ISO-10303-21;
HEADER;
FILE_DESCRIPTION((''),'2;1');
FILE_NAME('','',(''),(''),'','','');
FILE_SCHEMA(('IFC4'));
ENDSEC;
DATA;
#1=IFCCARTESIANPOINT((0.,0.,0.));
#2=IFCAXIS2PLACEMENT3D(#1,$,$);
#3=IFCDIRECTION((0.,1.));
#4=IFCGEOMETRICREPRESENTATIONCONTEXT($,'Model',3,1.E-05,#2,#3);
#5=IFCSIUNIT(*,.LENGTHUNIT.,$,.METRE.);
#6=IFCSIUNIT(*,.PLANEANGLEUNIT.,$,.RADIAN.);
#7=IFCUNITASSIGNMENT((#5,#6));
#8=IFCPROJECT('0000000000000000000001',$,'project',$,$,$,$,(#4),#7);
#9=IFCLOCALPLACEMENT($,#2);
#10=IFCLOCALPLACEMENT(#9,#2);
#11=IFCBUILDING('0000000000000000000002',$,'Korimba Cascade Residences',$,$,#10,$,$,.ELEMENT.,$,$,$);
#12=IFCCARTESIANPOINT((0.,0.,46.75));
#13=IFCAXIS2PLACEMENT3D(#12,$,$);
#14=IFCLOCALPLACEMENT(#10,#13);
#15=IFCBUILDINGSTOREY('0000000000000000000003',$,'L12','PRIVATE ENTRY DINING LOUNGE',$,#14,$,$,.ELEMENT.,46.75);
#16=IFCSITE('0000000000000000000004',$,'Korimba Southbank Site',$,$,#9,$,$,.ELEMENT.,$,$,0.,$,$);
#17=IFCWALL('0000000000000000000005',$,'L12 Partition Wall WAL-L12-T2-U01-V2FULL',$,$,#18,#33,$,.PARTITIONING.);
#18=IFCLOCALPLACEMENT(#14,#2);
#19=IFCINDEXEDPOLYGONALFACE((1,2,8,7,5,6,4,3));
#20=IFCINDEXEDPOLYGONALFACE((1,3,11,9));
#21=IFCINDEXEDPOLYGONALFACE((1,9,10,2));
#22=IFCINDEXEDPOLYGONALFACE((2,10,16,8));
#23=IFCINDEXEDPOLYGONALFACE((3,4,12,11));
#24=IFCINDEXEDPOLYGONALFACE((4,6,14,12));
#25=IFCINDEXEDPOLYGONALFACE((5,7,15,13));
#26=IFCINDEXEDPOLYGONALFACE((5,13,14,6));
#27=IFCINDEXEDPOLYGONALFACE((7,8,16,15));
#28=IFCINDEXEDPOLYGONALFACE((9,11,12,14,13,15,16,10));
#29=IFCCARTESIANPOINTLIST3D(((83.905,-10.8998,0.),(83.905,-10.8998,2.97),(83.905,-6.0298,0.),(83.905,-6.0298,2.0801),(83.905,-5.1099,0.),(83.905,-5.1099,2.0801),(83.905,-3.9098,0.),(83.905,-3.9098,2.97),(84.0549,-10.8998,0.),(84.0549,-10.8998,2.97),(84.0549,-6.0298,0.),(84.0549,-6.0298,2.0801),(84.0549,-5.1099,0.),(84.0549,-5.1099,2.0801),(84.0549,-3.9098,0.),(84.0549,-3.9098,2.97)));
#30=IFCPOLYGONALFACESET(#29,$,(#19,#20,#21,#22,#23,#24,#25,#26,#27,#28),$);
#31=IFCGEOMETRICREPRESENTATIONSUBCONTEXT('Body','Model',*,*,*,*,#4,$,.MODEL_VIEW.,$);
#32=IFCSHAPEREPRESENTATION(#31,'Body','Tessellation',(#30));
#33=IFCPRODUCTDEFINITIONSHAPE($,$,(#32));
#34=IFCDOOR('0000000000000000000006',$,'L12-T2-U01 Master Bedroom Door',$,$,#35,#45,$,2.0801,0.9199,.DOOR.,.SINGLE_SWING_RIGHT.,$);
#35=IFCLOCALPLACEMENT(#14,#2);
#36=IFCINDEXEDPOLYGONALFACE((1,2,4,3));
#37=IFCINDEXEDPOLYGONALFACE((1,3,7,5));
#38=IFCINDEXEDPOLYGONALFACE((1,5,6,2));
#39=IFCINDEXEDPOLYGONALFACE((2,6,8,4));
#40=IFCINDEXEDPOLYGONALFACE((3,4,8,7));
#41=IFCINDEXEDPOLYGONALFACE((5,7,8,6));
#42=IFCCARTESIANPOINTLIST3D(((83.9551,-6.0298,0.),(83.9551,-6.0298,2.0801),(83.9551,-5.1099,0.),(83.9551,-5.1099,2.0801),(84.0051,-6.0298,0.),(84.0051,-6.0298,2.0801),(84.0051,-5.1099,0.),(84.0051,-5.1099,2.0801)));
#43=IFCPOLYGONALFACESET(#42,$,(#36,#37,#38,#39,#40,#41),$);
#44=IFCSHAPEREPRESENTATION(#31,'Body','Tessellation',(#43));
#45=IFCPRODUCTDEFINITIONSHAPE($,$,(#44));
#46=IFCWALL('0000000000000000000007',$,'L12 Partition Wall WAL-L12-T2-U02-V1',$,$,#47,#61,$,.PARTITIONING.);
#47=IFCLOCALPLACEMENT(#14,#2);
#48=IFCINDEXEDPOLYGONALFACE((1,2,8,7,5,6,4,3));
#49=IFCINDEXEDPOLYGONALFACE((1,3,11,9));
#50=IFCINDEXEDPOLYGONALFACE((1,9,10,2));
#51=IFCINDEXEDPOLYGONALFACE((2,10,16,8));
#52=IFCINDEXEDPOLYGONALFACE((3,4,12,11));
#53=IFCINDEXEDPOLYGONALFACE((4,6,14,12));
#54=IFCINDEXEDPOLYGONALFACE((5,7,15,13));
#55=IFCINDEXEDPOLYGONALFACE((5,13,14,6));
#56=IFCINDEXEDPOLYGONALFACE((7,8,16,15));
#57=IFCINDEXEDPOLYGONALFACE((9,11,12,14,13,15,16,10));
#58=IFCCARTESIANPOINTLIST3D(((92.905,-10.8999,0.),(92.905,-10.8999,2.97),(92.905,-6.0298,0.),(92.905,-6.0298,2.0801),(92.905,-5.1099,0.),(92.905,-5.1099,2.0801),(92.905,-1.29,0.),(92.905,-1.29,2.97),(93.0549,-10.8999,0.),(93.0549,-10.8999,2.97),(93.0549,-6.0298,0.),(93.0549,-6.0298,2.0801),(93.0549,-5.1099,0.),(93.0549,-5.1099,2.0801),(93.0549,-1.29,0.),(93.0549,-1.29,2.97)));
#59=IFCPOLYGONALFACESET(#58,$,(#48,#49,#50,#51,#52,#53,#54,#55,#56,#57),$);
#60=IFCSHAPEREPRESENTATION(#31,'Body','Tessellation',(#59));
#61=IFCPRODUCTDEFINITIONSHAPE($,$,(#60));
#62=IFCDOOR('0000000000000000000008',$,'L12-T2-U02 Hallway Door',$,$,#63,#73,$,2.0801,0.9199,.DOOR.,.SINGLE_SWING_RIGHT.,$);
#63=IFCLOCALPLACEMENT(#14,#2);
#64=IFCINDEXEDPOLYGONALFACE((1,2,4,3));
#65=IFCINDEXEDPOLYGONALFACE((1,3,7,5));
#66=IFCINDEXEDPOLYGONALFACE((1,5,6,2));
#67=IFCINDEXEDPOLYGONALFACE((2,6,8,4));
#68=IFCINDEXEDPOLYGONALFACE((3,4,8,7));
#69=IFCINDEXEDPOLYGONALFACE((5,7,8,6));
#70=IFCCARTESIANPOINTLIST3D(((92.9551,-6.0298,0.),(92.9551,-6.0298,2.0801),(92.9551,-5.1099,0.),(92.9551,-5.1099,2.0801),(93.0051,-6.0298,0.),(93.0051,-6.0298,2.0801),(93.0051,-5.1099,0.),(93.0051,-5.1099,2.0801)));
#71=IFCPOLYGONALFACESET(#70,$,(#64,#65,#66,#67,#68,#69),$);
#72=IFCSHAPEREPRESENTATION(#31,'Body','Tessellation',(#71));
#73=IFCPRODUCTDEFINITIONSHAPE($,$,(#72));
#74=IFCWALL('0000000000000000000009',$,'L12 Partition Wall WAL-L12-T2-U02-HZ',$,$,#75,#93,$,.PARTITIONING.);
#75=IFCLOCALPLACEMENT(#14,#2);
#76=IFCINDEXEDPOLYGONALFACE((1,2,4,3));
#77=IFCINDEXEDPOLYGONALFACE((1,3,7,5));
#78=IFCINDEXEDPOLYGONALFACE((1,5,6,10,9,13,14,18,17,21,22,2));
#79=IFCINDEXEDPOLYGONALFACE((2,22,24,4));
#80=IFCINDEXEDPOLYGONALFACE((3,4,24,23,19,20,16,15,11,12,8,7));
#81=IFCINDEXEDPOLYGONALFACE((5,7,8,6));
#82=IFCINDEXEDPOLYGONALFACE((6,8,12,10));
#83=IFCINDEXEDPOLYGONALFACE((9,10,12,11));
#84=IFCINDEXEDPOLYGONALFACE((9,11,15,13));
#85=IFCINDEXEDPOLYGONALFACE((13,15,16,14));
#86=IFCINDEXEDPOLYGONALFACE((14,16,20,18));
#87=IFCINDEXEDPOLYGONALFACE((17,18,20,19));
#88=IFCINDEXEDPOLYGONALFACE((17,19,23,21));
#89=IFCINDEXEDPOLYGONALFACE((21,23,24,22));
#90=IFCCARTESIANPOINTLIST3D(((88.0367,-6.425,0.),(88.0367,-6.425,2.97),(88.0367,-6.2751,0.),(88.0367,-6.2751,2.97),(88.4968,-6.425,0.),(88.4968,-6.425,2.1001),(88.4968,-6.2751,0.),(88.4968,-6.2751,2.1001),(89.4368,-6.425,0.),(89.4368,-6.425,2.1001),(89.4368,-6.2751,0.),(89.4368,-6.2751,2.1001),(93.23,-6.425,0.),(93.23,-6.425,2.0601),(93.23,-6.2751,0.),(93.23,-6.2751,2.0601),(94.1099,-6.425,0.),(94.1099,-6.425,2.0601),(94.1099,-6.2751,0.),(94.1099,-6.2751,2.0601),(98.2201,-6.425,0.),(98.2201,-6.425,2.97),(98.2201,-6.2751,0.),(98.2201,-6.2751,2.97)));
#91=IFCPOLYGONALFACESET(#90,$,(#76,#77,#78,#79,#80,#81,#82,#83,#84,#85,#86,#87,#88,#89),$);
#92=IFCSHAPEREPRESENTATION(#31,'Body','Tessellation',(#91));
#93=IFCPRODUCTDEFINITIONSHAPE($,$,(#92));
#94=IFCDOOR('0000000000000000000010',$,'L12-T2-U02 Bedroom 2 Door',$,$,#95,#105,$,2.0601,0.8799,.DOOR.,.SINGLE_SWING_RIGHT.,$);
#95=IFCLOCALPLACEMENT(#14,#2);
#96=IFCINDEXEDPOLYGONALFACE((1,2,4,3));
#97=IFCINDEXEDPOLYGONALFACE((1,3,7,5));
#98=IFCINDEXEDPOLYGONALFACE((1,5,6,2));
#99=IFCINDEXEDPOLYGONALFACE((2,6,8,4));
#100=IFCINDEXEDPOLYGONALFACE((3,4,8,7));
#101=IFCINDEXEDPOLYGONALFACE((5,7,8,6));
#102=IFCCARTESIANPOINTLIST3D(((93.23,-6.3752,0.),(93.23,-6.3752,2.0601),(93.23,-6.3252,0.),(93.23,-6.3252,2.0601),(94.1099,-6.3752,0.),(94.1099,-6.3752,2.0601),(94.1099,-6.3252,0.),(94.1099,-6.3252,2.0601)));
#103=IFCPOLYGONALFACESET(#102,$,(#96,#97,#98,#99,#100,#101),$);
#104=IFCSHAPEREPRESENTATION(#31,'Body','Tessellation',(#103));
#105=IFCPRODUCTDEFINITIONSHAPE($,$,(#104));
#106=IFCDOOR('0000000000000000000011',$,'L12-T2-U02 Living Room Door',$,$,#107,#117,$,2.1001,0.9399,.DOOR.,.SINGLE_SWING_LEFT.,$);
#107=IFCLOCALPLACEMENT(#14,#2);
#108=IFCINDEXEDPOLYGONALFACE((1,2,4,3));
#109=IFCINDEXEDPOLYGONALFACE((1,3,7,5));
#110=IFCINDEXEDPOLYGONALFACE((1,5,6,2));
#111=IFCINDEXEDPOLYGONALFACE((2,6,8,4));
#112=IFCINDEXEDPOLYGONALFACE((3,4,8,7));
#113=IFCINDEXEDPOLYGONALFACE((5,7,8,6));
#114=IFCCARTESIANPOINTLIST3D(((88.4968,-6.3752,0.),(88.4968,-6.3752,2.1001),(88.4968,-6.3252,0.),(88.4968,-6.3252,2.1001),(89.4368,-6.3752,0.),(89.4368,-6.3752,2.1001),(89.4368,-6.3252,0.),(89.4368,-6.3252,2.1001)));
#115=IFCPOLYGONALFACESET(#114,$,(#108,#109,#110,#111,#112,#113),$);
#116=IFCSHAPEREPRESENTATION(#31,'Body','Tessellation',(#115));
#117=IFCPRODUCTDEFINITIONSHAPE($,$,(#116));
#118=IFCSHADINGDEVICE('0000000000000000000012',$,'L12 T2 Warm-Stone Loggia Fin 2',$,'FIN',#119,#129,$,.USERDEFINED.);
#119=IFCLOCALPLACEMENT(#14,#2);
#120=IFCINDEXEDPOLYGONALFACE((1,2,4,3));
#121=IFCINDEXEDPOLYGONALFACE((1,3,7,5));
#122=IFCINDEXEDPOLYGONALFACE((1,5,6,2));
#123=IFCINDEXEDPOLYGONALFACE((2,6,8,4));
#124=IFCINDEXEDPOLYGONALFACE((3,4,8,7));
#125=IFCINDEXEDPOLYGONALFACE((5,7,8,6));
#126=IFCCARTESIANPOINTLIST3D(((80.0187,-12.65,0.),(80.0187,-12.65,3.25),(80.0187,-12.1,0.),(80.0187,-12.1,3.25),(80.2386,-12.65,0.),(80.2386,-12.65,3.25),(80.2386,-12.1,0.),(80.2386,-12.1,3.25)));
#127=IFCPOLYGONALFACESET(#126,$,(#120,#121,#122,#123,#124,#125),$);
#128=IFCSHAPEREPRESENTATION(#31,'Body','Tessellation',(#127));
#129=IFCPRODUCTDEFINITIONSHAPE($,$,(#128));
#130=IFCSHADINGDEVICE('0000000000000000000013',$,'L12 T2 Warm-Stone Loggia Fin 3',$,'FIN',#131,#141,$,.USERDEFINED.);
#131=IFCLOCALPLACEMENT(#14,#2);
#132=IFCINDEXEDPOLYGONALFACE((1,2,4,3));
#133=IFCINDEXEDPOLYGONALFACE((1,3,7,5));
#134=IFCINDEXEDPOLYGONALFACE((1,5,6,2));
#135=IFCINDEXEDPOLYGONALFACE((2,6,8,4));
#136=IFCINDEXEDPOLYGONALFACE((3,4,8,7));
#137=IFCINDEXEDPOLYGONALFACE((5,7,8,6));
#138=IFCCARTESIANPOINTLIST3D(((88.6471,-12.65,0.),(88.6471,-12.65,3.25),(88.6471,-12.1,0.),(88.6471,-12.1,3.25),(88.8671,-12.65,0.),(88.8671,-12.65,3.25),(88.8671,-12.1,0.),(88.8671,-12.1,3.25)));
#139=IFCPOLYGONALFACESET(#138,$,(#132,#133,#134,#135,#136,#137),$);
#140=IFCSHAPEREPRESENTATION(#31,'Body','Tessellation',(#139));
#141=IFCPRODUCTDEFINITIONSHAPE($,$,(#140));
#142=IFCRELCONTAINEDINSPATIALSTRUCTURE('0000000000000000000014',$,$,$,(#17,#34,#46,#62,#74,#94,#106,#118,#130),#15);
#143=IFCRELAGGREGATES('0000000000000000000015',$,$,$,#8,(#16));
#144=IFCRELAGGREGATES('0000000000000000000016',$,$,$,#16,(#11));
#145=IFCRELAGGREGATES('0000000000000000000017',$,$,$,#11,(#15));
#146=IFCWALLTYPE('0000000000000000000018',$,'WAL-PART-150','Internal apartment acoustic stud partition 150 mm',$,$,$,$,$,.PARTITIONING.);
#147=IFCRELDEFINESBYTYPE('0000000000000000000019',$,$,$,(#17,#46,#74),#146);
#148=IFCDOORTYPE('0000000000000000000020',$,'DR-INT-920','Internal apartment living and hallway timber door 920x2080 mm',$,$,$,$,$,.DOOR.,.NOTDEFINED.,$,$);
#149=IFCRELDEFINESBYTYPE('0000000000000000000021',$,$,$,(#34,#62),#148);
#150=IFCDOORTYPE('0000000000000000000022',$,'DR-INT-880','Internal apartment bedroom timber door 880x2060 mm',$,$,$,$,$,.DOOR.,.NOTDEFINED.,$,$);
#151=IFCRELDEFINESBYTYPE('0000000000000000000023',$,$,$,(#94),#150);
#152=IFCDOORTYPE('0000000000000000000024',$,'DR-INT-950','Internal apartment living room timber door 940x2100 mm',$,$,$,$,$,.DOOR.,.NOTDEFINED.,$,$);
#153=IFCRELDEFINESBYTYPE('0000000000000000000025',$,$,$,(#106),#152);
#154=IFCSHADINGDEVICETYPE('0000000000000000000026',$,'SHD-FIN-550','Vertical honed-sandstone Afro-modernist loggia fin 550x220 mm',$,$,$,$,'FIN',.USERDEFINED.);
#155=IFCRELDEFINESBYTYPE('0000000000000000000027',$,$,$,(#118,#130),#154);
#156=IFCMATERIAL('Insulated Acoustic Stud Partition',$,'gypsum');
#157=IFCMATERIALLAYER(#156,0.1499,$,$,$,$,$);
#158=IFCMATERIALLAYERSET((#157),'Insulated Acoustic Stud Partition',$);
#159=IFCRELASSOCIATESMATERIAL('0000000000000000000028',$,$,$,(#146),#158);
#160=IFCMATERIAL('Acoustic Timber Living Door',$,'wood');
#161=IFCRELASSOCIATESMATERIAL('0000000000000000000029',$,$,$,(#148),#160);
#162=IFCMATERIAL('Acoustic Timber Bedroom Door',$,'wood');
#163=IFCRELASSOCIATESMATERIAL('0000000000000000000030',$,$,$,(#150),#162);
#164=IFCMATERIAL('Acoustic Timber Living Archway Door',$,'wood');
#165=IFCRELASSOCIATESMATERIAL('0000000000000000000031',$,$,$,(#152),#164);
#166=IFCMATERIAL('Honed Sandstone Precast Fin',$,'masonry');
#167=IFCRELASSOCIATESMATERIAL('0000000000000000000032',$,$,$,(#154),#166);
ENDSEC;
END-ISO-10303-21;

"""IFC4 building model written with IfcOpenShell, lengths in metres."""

from ifc_helpers import new_model, si_unit, direction, frame, frame_2d, origin, origin_2d, place, context, subcontext, project, spatial, rectangle, extrude, material, layer, layer_set, type_object, element, fill, save


model = new_model("IFC4")

# Units and contexts
model_context = context("Model", 3, precision=1e-05, world=origin(), true_north=direction((0.0, 1.0)))
body_context = subcontext(model_context, "Body", "Model", "MODEL_VIEW")
ifc_project = project(units=[si_unit("LENGTHUNIT", "METRE"), si_unit("PLANEANGLEUNIT", "RADIAN")], contexts=[model_context])

# Site, building, storey
site_placement = place(None, origin())
site = spatial("IfcSite", under=ifc_project, at=site_placement, Name="Korimba Southbank Site", CompositionType="ELEMENT", RefElevation=0.0)
building_placement = place(site_placement, origin())
building = spatial("IfcBuilding", under=site, at=building_placement, Name="Korimba Cascade Residences", CompositionType="ELEMENT")
storey_placement = place(building_placement, frame((0.0, 0.0, 46.75)))
storey = spatial("IfcBuildingStorey", under=building, at=storey_placement, Name="L12", Description="PRIVATE ENTRY DINING LOUNGE", CompositionType="ELEMENT", Elevation=46.75)

# Shared definitions
ifc_material_1 = material(Name="Insulated Acoustic Stud Partition", Category="gypsum")
ifc_layer_1 = layer(ifc_material_1, 0.1499)
ifc_layer_set_1 = layer_set([ifc_layer_1], Name="Insulated Acoustic Stud Partition")
wall_type_1 = type_object("IfcWallType", Name="WAL-PART-150", Description="Internal apartment acoustic stud partition 150 mm", PredefinedType="PARTITIONING", material=ifc_layer_set_1)

# Walls, openings, doors
wall_1_placement = place(storey_placement, frame((83.98, -10.8999, 0.0), z_axis=(0.0, 0.0, 1.0), x_axis=(0.0, 1.0, 0.0)))
wall_1 = element("IfcWall", 1, at=wall_1_placement, inside=storey, type_object=wall_type_1, Name="L12 Partition Wall WAL-L12-T2-U01-V2FULL", PredefinedType="PARTITIONING", context=body_context, shape_type="SweptSolid", body=[
    extrude(rectangle(XDim=6.99, YDim=0.1499, at=frame_2d((3.4951, 0.0))), origin(), (0.0, 0.0, 1.0), 2.97),
])
opening_1_placement = place(wall_1_placement, frame((4.8701, 0.0, 0.0)))
opening_1 = element("IfcOpeningElement", 2, at=opening_1_placement, cuts=wall_1, PredefinedType="OPENING", context=body_context, shape_type="SweptSolid", body=[
    extrude(rectangle(XDim=0.9199, YDim=2.0801, at=frame_2d((0.46, 1.04))), frame((0.0, 0.085, 0.0), z_axis=(0.0, -1.0, 0.0), x_axis=(1.0, 0.0, 0.0)), (0.0, 0.0, 1.0), 0.1699),
])
ifc_material_2 = material(Name="Acoustic Timber Living Door", Category="wood")
door_type_1 = type_object("IfcDoorType", Name="DR-INT-920", Description="Internal apartment living and hallway timber door 920x2080 mm", OperationType="NOTDEFINED", PredefinedType="DOOR", material=ifc_material_2)
door_1_placement = place(opening_1_placement, origin())
door_1 = element("IfcDoor", 3, at=door_1_placement, inside=storey, type_object=door_type_1, Name="L12-T2-U01 Master Bedroom Door", OperationType="SINGLE_SWING_RIGHT", OverallHeight=2.0801, OverallWidth=0.9199, PredefinedType="DOOR", context=body_context, shape_type="SweptSolid", body=[
    extrude(rectangle(XDim=0.9199, YDim=2.0801, at=frame_2d((0.46, 1.04))), frame((0.0, 0.0249, 0.0), z_axis=(0.0, -1.0, 0.0), x_axis=(1.0, 0.0, 0.0)), (0.0, 0.0, 1.0), 0.05),
])
fill(opening_1, door_1)
wall_2_placement = place(storey_placement, frame((92.98, -10.8999, 0.0), z_axis=(0.0, 0.0, 1.0), x_axis=(0.0, 1.0, 0.0)))
wall_2 = element("IfcWall", 4, at=wall_2_placement, inside=storey, type_object=wall_type_1, Name="L12 Partition Wall WAL-L12-T2-U02-V1", PredefinedType="PARTITIONING", context=body_context, shape_type="SweptSolid", body=[
    extrude(rectangle(XDim=9.6099, YDim=0.1499, at=frame_2d((4.8049, 0.0))), origin(), (0.0, 0.0, 1.0), 2.97),
])
opening_2_placement = place(wall_2_placement, frame((4.8701, 0.0, 0.0)))
opening_2 = element("IfcOpeningElement", 5, at=opening_2_placement, cuts=wall_2, PredefinedType="OPENING", context=body_context, shape_type="SweptSolid", body=[
    extrude(rectangle(XDim=0.9199, YDim=2.0801, at=frame_2d((0.46, 1.04))), frame((0.0, 0.085, 0.0), z_axis=(0.0, -1.0, 0.0), x_axis=(1.0, 0.0, 0.0)), (0.0, 0.0, 1.0), 0.1699),
])
door_2_placement = place(opening_2_placement, origin())
door_2 = element("IfcDoor", 6, at=door_2_placement, inside=storey, type_object=door_type_1, Name="L12-T2-U02 Hallway Door", OperationType="SINGLE_SWING_RIGHT", OverallHeight=2.0801, OverallWidth=0.9199, PredefinedType="DOOR", context=body_context, shape_type="SweptSolid", body=[
    extrude(rectangle(XDim=0.9199, YDim=2.0801, at=frame_2d((0.46, 1.04))), frame((0.0, 0.0249, 0.0), z_axis=(0.0, -1.0, 0.0), x_axis=(1.0, 0.0, 0.0)), (0.0, 0.0, 1.0), 0.05),
])
fill(opening_2, door_2)

# Wall, openings, doors
wall_3_placement = place(storey_placement, frame((88.0366, -6.3501, 0.0), z_axis=(0.0, 0.0, 1.0), x_axis=(1.0, 0.0, 0.0)))
wall_3 = element("IfcWall", 7, at=wall_3_placement, inside=storey, type_object=wall_type_1, Name="L12 Partition Wall WAL-L12-T2-U02-HZ", PredefinedType="PARTITIONING", context=body_context, shape_type="SweptSolid", body=[
    extrude(rectangle(XDim=10.1833, YDim=0.1499, at=frame_2d((5.0918, 0.0))), origin(), (0.0, 0.0, 1.0), 2.97),
])
opening_3_placement = place(wall_3_placement, frame((0.4602, 0.0, 0.0)))
opening_3 = element("IfcOpeningElement", 8, at=opening_3_placement, cuts=wall_3, PredefinedType="OPENING", context=body_context, shape_type="SweptSolid", body=[
    extrude(rectangle(XDim=0.9399, YDim=2.1001, at=frame_2d((0.47, 1.05))), frame((0.0, 0.085, 0.0), z_axis=(0.0, -1.0, 0.0), x_axis=(1.0, 0.0, 0.0)), (0.0, 0.0, 1.0), 0.1699),
])
opening_4_placement = place(wall_3_placement, frame((5.1934, 0.0, 0.0)))
opening_4 = element("IfcOpeningElement", 9, at=opening_4_placement, cuts=wall_3, PredefinedType="OPENING", context=body_context, shape_type="SweptSolid", body=[
    extrude(rectangle(XDim=0.8799, YDim=2.0601, at=frame_2d((0.4399, 1.03))), frame((0.0, 0.085, 0.0), z_axis=(0.0, -1.0, 0.0), x_axis=(1.0, 0.0, 0.0)), (0.0, 0.0, 1.0), 0.1699),
])
ifc_material_3 = material(Name="Acoustic Timber Bedroom Door", Category="wood")
door_type_2 = type_object("IfcDoorType", Name="DR-INT-880", Description="Internal apartment bedroom timber door 880x2060 mm", OperationType="NOTDEFINED", PredefinedType="DOOR", material=ifc_material_3)
door_3_placement = place(opening_4_placement, origin())
door_3 = element("IfcDoor", 10, at=door_3_placement, inside=storey, type_object=door_type_2, Name="L12-T2-U02 Bedroom 2 Door", OperationType="SINGLE_SWING_RIGHT", OverallHeight=2.0601, OverallWidth=0.8799, PredefinedType="DOOR", context=body_context, shape_type="SweptSolid", body=[
    extrude(rectangle(XDim=0.8799, YDim=2.0601, at=frame_2d((0.4399, 1.03))), frame((0.0, 0.0249, 0.0), z_axis=(0.0, -1.0, 0.0), x_axis=(1.0, 0.0, 0.0)), (0.0, 0.0, 1.0), 0.05),
])
fill(opening_4, door_3)
ifc_material_4 = material(Name="Acoustic Timber Living Archway Door", Category="wood")
door_type_3 = type_object("IfcDoorType", Name="DR-INT-950", Description="Internal apartment living room timber door 940x2100 mm", OperationType="NOTDEFINED", PredefinedType="DOOR", material=ifc_material_4)
door_4_placement = place(opening_3_placement, origin())
door_4 = element("IfcDoor", 11, at=door_4_placement, inside=storey, type_object=door_type_3, Name="L12-T2-U02 Living Room Door", OperationType="SINGLE_SWING_LEFT", OverallHeight=2.1001, OverallWidth=0.9399, PredefinedType="DOOR", context=body_context, shape_type="SweptSolid", body=[
    extrude(rectangle(XDim=0.9399, YDim=2.1001, at=frame_2d((0.47, 1.05))), frame((0.0, 0.0249, 0.0), z_axis=(0.0, -1.0, 0.0), x_axis=(1.0, 0.0, 0.0)), (0.0, 0.0, 1.0), 0.05),
])
fill(opening_3, door_4)

# Shading devices
ifc_material_5 = material(Name="Honed Sandstone Precast Fin", Category="masonry")
shading_device_type = type_object("IfcShadingDeviceType", Name="SHD-FIN-550", Description="Vertical honed-sandstone Afro-modernist loggia fin 550x220 mm", ElementType="FIN", PredefinedType="USERDEFINED", material=ifc_material_5)
for number, where, z_axis, x_axis, name in (
    (12, (80.1287, -12.375, 0.0), (0.0, 0.0, 1.0), (1.0, 0.0, 0.0), "L12 T2 Warm-Stone Loggia Fin 2"),
    (13, (88.7571, -12.375, 0.0), (0.0, 0.0, 1.0), (1.0, 0.0, 0.0), "L12 T2 Warm-Stone Loggia Fin 3"),
):
    element("IfcShadingDevice", number, at=place(storey_placement, frame(where, z_axis=z_axis, x_axis=x_axis)), inside=storey, type_object=shading_device_type, Name=name, ObjectType="FIN", PredefinedType="USERDEFINED", context=body_context, shape_type="SweptSolid", body=[
        extrude(rectangle(XDim=0.22, YDim=0.55, at=origin_2d()), origin(), (0.0, 0.0, 1.0), 3.25),
    ])

save(model, "model.ifc")
